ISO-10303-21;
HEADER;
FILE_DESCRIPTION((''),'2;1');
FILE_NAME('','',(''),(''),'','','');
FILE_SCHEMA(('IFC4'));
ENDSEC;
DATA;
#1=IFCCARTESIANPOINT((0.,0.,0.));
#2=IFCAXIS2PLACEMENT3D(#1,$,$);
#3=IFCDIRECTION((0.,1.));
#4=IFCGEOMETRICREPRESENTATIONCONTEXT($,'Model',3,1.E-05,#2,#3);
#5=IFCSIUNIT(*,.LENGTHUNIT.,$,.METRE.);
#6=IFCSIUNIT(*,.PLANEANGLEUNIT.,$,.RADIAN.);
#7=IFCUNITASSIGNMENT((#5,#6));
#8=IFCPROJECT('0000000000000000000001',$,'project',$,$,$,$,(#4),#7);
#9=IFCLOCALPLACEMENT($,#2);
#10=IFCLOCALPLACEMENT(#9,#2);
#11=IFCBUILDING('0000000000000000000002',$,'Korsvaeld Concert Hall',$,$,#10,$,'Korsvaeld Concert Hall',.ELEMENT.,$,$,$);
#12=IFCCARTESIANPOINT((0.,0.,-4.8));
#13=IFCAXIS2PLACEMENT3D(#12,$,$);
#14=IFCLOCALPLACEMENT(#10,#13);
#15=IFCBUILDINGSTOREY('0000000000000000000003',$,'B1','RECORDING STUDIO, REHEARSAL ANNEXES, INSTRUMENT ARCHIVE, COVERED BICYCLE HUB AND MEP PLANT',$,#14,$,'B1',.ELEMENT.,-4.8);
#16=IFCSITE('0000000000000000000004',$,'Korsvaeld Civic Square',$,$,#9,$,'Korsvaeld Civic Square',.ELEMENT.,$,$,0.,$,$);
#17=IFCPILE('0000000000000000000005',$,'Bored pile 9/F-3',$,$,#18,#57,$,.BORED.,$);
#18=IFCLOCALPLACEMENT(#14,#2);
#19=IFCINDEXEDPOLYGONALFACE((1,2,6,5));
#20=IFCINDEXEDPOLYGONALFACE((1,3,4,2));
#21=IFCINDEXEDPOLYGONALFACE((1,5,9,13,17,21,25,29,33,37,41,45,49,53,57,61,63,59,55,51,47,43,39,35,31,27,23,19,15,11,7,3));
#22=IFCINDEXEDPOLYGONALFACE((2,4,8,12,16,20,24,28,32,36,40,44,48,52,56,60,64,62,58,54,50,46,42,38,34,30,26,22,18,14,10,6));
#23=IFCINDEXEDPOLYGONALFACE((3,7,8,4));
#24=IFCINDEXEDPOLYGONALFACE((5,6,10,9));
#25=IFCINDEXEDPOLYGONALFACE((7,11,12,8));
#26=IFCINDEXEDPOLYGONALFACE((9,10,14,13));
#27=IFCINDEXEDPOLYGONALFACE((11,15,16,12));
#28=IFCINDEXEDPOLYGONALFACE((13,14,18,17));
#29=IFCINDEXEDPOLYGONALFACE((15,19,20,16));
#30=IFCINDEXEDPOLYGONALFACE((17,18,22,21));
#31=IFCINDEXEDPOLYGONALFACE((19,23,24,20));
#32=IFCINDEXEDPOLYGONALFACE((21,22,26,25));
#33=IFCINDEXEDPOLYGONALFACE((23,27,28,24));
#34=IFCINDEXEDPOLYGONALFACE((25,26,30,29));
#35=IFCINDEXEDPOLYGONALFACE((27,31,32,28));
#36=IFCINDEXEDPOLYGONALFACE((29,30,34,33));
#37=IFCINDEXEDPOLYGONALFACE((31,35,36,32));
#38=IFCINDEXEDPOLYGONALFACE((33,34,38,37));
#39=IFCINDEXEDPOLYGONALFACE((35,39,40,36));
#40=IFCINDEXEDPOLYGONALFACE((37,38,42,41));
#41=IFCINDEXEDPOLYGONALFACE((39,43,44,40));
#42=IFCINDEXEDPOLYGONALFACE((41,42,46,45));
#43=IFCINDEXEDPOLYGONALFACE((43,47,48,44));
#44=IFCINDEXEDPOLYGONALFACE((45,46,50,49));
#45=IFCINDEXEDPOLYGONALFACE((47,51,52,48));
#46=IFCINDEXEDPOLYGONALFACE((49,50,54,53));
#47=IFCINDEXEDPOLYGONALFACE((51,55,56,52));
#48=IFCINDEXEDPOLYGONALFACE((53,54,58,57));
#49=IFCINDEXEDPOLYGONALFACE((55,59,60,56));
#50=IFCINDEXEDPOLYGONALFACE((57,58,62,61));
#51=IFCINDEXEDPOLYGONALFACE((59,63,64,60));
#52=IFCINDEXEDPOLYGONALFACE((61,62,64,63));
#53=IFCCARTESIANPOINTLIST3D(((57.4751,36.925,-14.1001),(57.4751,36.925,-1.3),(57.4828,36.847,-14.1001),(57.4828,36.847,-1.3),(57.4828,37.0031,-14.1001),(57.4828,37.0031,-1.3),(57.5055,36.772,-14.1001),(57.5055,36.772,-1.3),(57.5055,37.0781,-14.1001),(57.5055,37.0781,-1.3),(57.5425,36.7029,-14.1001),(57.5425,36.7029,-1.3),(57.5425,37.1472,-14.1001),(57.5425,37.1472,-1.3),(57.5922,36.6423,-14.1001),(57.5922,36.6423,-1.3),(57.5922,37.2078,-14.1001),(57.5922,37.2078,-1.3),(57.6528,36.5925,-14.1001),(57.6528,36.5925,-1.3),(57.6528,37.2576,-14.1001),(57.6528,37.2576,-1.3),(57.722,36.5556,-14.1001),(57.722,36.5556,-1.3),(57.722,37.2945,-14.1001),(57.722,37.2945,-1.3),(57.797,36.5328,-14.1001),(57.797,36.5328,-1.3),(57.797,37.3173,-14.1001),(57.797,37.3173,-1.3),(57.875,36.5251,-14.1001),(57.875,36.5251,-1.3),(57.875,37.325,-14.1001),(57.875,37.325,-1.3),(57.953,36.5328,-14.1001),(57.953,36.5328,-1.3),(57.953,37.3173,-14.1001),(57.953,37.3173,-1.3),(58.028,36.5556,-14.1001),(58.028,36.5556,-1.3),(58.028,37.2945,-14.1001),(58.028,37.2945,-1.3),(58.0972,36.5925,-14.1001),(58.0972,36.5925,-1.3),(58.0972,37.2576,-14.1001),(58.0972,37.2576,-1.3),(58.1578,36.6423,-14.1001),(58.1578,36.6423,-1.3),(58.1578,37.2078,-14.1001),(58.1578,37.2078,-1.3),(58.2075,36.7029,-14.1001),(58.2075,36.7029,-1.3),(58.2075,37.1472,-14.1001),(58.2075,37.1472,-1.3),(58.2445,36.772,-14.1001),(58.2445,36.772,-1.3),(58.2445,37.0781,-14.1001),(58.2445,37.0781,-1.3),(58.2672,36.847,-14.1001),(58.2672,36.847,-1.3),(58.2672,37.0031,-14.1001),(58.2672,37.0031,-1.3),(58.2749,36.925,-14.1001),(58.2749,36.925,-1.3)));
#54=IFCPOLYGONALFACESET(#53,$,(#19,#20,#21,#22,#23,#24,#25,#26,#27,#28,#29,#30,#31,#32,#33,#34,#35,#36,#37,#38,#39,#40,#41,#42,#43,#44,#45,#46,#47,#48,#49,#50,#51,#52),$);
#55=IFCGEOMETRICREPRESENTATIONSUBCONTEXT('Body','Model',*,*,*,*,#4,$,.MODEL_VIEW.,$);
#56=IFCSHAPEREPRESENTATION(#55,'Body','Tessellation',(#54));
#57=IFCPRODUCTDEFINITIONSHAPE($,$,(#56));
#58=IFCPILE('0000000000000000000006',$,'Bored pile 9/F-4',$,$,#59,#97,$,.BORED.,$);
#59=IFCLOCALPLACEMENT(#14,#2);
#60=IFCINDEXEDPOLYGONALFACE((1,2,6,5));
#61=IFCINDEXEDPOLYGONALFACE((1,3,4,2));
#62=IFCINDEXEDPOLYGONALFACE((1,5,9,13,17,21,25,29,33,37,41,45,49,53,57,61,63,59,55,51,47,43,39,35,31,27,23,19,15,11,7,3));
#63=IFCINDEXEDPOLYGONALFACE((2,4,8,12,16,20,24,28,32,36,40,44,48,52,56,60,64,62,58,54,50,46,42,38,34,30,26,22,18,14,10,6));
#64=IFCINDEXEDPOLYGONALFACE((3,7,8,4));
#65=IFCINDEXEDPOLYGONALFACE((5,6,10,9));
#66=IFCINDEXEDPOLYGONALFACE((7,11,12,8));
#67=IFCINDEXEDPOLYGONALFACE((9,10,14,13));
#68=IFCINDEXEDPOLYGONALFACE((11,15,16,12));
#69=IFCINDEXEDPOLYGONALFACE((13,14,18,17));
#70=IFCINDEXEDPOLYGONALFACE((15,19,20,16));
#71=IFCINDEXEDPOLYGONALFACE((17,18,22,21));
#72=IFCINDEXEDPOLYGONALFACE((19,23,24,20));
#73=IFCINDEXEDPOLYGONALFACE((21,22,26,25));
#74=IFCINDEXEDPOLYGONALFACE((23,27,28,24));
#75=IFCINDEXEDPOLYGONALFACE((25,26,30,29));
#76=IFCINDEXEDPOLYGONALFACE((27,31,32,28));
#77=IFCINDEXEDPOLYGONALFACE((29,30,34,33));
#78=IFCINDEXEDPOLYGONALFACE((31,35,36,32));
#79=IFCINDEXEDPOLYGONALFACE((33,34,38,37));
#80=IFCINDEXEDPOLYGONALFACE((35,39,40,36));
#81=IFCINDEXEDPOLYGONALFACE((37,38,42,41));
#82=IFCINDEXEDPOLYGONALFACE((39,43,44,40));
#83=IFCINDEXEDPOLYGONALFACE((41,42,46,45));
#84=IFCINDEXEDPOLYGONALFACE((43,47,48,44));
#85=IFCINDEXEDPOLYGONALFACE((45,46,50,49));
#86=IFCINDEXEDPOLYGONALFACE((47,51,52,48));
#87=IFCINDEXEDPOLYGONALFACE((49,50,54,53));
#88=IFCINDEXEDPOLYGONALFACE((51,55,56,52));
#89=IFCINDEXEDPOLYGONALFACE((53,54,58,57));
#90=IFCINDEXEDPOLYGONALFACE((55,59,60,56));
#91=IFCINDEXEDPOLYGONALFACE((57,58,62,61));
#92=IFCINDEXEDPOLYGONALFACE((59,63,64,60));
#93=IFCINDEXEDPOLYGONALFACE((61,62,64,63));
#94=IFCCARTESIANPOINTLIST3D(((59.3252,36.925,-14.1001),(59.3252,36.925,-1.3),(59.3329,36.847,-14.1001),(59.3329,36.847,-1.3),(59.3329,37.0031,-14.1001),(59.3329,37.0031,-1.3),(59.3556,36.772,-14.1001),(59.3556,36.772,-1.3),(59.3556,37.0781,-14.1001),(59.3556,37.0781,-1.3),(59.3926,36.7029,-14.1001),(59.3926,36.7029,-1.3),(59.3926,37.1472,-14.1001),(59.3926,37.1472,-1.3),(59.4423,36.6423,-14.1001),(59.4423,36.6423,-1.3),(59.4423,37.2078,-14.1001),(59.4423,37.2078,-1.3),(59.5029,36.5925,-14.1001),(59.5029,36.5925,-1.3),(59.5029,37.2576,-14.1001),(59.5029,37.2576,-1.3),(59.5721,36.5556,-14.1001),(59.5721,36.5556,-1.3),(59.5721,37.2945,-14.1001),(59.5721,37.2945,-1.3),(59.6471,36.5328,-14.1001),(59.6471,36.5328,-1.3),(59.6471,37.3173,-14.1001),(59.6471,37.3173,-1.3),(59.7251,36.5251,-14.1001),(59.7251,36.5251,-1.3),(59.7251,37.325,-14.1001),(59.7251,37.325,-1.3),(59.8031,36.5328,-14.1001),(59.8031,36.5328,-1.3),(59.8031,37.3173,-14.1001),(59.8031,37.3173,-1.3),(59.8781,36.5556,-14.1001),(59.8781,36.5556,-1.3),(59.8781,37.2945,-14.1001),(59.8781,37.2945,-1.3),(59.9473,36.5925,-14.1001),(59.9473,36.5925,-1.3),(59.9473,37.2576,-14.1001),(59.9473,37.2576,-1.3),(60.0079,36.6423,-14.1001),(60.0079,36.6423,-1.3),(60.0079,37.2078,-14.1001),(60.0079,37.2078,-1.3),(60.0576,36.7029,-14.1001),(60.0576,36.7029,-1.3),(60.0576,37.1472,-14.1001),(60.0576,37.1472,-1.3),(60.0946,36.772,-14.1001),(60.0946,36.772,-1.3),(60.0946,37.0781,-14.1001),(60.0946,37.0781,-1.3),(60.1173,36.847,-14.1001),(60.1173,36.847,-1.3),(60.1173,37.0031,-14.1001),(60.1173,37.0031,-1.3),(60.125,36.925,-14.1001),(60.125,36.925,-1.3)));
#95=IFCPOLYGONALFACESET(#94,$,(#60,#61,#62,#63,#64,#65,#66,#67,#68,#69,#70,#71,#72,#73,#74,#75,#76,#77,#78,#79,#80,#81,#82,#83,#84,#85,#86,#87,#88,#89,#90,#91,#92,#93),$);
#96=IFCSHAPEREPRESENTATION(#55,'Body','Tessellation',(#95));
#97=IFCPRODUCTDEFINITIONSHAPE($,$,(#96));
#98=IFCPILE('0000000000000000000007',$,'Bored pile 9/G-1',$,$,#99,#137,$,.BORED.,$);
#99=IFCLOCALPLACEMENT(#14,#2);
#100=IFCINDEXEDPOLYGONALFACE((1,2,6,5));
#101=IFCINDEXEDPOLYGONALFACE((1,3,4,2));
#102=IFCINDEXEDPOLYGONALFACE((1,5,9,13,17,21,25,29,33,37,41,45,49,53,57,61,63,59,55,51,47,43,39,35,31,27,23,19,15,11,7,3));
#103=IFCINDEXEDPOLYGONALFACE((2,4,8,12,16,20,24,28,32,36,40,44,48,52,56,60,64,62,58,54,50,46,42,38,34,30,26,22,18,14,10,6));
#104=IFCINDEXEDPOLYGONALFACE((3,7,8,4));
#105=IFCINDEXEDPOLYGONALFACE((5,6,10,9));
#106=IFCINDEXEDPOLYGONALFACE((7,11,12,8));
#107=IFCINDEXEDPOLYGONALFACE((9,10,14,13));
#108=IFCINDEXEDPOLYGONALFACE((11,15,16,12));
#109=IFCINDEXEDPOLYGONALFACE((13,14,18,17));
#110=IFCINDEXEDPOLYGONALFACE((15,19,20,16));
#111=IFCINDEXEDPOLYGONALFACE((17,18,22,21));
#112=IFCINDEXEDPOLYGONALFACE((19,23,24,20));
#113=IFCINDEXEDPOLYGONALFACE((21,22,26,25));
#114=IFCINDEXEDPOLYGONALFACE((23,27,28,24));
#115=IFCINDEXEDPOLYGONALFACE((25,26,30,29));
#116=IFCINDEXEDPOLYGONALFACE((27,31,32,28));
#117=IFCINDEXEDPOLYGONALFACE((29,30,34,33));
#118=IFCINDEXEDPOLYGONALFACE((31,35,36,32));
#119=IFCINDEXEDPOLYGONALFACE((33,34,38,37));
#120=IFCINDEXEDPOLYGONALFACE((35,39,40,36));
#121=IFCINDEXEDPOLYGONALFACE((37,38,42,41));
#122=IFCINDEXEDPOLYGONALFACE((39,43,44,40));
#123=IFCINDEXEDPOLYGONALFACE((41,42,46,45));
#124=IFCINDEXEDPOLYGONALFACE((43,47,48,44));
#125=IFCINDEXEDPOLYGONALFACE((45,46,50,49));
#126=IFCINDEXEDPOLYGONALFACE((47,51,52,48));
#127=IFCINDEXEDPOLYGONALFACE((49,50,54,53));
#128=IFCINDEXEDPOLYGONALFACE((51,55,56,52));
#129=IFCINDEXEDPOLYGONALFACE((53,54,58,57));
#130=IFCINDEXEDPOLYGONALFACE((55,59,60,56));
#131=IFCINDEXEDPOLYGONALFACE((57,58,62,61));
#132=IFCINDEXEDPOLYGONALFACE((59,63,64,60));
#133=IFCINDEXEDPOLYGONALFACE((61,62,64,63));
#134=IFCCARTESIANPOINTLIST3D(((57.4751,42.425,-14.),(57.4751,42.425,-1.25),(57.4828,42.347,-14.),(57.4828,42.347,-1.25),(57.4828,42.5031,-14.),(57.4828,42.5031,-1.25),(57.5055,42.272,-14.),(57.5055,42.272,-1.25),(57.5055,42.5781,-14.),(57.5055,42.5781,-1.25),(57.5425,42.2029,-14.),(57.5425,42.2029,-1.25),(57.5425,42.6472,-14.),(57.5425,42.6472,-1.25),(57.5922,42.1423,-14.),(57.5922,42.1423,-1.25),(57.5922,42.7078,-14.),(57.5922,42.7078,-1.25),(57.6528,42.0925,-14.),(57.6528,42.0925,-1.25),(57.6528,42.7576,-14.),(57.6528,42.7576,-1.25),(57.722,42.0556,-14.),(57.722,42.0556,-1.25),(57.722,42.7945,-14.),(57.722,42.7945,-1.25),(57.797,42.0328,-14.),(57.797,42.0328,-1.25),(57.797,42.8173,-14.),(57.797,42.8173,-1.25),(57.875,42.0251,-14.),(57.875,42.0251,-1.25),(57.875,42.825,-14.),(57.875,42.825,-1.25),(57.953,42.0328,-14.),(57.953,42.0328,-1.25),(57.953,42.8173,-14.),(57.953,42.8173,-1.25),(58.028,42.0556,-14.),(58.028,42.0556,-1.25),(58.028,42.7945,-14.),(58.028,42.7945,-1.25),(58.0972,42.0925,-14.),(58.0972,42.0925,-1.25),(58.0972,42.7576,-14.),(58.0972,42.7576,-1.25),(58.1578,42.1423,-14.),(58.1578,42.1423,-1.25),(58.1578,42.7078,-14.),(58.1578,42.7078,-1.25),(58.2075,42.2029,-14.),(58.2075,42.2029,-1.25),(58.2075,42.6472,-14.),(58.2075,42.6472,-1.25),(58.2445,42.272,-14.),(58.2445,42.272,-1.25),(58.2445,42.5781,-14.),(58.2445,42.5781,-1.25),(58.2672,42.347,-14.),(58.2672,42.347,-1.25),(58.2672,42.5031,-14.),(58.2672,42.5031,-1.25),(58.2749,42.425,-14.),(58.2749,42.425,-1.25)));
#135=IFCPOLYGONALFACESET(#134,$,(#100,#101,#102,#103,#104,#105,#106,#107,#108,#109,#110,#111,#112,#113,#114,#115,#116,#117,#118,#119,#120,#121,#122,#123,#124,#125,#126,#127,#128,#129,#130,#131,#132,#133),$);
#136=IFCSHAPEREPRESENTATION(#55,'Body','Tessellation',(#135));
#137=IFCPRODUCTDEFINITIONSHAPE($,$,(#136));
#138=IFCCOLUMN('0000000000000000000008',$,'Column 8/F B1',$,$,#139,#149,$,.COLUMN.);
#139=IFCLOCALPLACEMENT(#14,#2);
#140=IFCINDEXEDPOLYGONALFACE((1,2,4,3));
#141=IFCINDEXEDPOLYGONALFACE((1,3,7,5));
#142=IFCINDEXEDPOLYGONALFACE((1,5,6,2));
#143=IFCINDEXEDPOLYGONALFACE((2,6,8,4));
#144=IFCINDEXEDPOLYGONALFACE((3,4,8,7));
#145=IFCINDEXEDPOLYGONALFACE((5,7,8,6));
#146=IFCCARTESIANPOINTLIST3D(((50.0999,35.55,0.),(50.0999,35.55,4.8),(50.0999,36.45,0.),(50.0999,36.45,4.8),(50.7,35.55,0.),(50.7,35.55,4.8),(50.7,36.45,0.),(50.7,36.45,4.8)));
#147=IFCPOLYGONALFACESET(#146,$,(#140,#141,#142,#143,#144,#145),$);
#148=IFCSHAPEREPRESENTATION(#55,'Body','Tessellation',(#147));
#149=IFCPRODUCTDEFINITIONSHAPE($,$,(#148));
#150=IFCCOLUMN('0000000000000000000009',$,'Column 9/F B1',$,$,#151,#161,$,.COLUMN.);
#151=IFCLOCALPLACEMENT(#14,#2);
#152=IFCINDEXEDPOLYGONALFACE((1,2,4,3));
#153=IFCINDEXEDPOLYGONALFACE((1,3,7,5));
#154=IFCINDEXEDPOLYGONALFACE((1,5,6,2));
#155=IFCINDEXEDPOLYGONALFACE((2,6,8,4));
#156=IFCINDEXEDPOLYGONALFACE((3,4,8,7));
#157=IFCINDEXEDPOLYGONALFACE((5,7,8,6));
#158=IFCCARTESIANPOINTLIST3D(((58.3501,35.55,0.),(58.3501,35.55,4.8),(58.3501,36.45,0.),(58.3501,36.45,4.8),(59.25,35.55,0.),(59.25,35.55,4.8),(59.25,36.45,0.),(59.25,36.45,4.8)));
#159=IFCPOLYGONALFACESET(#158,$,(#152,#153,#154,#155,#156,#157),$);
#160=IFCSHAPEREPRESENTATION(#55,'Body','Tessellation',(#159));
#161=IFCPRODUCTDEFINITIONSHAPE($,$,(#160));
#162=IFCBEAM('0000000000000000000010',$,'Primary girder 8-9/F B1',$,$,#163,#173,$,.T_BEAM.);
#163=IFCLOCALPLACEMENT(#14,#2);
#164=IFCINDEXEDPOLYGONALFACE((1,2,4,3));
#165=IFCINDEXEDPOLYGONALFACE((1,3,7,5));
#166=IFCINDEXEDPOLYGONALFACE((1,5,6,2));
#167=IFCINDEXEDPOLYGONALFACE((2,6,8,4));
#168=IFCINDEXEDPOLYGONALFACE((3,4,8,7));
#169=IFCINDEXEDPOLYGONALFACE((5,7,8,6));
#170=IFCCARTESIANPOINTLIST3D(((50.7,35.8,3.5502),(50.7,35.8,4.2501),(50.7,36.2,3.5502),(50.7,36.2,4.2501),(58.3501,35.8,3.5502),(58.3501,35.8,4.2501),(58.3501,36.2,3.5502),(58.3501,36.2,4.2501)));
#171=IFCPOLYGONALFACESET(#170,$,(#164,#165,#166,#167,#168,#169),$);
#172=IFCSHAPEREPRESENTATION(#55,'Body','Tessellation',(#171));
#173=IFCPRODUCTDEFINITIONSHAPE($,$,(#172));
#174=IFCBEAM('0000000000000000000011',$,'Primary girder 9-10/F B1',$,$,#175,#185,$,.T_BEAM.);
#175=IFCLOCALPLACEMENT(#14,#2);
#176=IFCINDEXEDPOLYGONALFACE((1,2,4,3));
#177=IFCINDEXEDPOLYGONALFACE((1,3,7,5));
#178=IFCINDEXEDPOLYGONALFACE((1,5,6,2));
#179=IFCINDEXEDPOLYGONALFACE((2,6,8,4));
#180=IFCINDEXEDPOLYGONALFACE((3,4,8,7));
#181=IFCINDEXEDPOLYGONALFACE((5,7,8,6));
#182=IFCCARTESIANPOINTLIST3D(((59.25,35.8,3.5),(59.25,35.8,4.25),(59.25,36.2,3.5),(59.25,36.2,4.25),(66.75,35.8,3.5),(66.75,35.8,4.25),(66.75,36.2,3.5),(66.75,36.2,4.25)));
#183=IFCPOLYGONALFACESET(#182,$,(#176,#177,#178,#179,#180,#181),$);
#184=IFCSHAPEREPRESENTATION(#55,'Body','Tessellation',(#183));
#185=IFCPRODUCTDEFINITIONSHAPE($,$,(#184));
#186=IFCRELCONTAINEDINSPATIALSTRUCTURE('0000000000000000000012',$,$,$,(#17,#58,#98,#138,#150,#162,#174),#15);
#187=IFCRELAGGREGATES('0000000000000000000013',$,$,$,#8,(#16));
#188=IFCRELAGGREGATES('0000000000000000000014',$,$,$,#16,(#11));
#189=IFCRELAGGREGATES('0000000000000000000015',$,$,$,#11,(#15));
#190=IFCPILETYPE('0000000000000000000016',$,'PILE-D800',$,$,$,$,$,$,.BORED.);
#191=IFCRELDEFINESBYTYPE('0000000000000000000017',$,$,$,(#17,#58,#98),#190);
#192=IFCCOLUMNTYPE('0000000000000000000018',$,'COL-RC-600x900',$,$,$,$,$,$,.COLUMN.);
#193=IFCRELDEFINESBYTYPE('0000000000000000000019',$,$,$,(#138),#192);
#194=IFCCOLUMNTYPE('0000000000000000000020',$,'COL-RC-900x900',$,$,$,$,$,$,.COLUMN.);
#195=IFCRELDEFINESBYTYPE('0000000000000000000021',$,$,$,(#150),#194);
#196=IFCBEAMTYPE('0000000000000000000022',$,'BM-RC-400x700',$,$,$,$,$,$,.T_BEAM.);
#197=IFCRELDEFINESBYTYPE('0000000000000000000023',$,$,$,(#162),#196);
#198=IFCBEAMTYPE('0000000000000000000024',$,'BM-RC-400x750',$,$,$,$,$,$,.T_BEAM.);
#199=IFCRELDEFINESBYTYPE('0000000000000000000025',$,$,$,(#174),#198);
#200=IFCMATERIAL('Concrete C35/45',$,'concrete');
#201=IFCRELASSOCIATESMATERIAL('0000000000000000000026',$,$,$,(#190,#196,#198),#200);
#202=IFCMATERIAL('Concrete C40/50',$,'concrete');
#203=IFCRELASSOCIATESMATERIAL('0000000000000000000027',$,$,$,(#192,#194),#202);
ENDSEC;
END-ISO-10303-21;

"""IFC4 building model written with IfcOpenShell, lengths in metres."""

from ifc_helpers import new_model, si_unit, direction, frame, origin, origin_2d, place, context, subcontext, project, spatial, rectangle, circle, extrude, material, material_profile, profile_set, type_object, element, save


model = new_model("IFC4")

# Units and contexts
model_context = context("Model", 3, precision=1e-05, world=origin(), true_north=direction((0.0, 1.0)))
body_context = subcontext(model_context, "Body", "Model", "MODEL_VIEW")
ifc_project = project(units=[si_unit("LENGTHUNIT", "METRE"), si_unit("PLANEANGLEUNIT", "RADIAN")], contexts=[model_context])

# Site, building, storey
site_placement = place(None, origin())
site = spatial("IfcSite", under=ifc_project, at=site_placement, Name="Korsvaeld Civic Square", LongName="Korsvaeld Civic Square", CompositionType="ELEMENT", RefElevation=0.0)
building_placement = place(site_placement, origin())
building = spatial("IfcBuilding", under=site, at=building_placement, Name="Korsvaeld Concert Hall", LongName="Korsvaeld Concert Hall", CompositionType="ELEMENT")
storey_placement = place(building_placement, frame((0.0, 0.0, -4.8)))
storey = spatial("IfcBuildingStorey", under=building, at=storey_placement, Name="B1", Description="RECORDING STUDIO, REHEARSAL ANNEXES, INSTRUMENT ARCHIVE, COVERED BICYCLE HUB AND MEP PLANT", LongName="B1", CompositionType="ELEMENT", Elevation=-4.8)

# Shared definitions
ifc_material_1 = material(Name="Concrete C35/45", Category="concrete")

# Piles
ifc_material_profile_1 = material_profile(ifc_material_1, circle(Radius=0.3999, at=origin_2d()), Name="BORED PILE D800")
ifc_profile_set_1 = profile_set([ifc_material_profile_1], Name="Concrete C35/45")
pile_type_1 = type_object("IfcPileType", Name="PILE-D800", PredefinedType="BORED", material=ifc_profile_set_1)
for number, where, z_axis, x_axis, name in (
    (1, (57.875, 36.925, -1.3), (0.0, 0.0, -1.0), (1.0, 0.0, 0.0), "Bored pile 9/F-3"),
    (2, (59.7251, 36.925, -1.3), (0.0, 0.0, -1.0), (1.0, 0.0, 0.0), "Bored pile 9/F-4"),
):
    element("IfcPile", number, at=place(storey_placement, frame(where, z_axis=z_axis, x_axis=x_axis)), inside=storey, type_object=pile_type_1, Name=name, PredefinedType="BORED", context=body_context, shape_type="SweptSolid", body=[
        extrude(circle(Radius=0.3999, at=origin_2d()), origin(), (0.0, 0.0, 1.0), 12.8),
    ])
pile_placement = place(storey_placement, frame((57.875, 42.425, -1.25), z_axis=(0.0, 0.0, -1.0), x_axis=(1.0, 0.0, 0.0)))
element("IfcPile", 3, at=pile_placement, inside=storey, type_object=pile_type_1, Name="Bored pile 9/G-1", PredefinedType="BORED", context=body_context, shape_type="SweptSolid", body=[
    extrude(circle(Radius=0.3999, at=origin_2d()), origin(), (0.0, 0.0, 1.0), 12.75),
])

# Columns
ifc_material_2 = material(Name="Concrete C40/50", Category="concrete")
ifc_material_profile_2 = material_profile(ifc_material_2, rectangle(XDim=0.6001, YDim=0.8999, at=origin_2d()), Name="RC 600x900")
ifc_profile_set_2 = profile_set([ifc_material_profile_2], Name="Concrete C40/50")
column_type_1 = type_object("IfcColumnType", Name="COL-RC-600x900", PredefinedType="COLUMN", material=ifc_profile_set_2)
column_1_placement = place(storey_placement, frame((50.3999, 36.0, 0.0), z_axis=(0.0, 0.0, 1.0), x_axis=(1.0, 0.0, 0.0)))
element("IfcColumn", 4, at=column_1_placement, inside=storey, type_object=column_type_1, Name="Column 8/F B1", PredefinedType="COLUMN", context=body_context, shape_type="SweptSolid", body=[
    extrude(rectangle(XDim=0.6001, YDim=0.8999, at=origin_2d()), origin(), (0.0, 0.0, 1.0), 4.8),
])
ifc_material_profile_3 = material_profile(ifc_material_2, rectangle(XDim=0.8999, YDim=0.8999, at=origin_2d()), Name="RC 900x900")
ifc_profile_set_3 = profile_set([ifc_material_profile_3], Name="Concrete C40/50")
column_type_2 = type_object("IfcColumnType", Name="COL-RC-900x900", PredefinedType="COLUMN", material=ifc_profile_set_3)
column_2_placement = place(storey_placement, frame((58.8, 36.0, 0.0), z_axis=(0.0, 0.0, 1.0), x_axis=(1.0, 0.0, 0.0)))
element("IfcColumn", 5, at=column_2_placement, inside=storey, type_object=column_type_2, Name="Column 9/F B1", PredefinedType="COLUMN", context=body_context, shape_type="SweptSolid", body=[
    extrude(rectangle(XDim=0.8999, YDim=0.8999, at=origin_2d()), origin(), (0.0, 0.0, 1.0), 4.8),
])

# Beams
ifc_material_profile_4 = material_profile(ifc_material_1, rectangle(XDim=0.3999, YDim=0.7, at=origin_2d()), Name="RC 400x700")
ifc_profile_set_4 = profile_set([ifc_material_profile_4], Name="Concrete C35/45")
beam_type_1 = type_object("IfcBeamType", Name="BM-RC-400x700", PredefinedType="T_BEAM", material=ifc_profile_set_4)
beam_1_placement = place(storey_placement, frame((50.7, 36.0, 3.9001), z_axis=(1.0, 0.0, 0.0), x_axis=(0.0, 1.0, 0.0)))
element("IfcBeam", 6, at=beam_1_placement, inside=storey, type_object=beam_type_1, Name="Primary girder 8-9/F B1", PredefinedType="T_BEAM", context=body_context, shape_type="SweptSolid", body=[
    extrude(rectangle(XDim=0.3999, YDim=0.7, at=origin_2d()), origin(), (0.0, 0.0, 1.0), 7.6501),
])
ifc_material_profile_5 = material_profile(ifc_material_1, rectangle(XDim=0.3999, YDim=0.75, at=origin_2d()), Name="RC 400x750")
ifc_profile_set_5 = profile_set([ifc_material_profile_5], Name="Concrete C35/45")
beam_type_2 = type_object("IfcBeamType", Name="BM-RC-400x750", PredefinedType="T_BEAM", material=ifc_profile_set_5)
beam_2_placement = place(storey_placement, frame((59.25, 36.0, 3.875), z_axis=(1.0, 0.0, 0.0), x_axis=(0.0, 1.0, 0.0)))
element("IfcBeam", 7, at=beam_2_placement, inside=storey, type_object=beam_type_2, Name="Primary girder 9-10/F B1", PredefinedType="T_BEAM", context=body_context, shape_type="SweptSolid", body=[
    extrude(rectangle(XDim=0.3999, YDim=0.75, at=origin_2d()), origin(), (0.0, 0.0, 1.0), 7.5),
])

save(model, "model.ifc")
